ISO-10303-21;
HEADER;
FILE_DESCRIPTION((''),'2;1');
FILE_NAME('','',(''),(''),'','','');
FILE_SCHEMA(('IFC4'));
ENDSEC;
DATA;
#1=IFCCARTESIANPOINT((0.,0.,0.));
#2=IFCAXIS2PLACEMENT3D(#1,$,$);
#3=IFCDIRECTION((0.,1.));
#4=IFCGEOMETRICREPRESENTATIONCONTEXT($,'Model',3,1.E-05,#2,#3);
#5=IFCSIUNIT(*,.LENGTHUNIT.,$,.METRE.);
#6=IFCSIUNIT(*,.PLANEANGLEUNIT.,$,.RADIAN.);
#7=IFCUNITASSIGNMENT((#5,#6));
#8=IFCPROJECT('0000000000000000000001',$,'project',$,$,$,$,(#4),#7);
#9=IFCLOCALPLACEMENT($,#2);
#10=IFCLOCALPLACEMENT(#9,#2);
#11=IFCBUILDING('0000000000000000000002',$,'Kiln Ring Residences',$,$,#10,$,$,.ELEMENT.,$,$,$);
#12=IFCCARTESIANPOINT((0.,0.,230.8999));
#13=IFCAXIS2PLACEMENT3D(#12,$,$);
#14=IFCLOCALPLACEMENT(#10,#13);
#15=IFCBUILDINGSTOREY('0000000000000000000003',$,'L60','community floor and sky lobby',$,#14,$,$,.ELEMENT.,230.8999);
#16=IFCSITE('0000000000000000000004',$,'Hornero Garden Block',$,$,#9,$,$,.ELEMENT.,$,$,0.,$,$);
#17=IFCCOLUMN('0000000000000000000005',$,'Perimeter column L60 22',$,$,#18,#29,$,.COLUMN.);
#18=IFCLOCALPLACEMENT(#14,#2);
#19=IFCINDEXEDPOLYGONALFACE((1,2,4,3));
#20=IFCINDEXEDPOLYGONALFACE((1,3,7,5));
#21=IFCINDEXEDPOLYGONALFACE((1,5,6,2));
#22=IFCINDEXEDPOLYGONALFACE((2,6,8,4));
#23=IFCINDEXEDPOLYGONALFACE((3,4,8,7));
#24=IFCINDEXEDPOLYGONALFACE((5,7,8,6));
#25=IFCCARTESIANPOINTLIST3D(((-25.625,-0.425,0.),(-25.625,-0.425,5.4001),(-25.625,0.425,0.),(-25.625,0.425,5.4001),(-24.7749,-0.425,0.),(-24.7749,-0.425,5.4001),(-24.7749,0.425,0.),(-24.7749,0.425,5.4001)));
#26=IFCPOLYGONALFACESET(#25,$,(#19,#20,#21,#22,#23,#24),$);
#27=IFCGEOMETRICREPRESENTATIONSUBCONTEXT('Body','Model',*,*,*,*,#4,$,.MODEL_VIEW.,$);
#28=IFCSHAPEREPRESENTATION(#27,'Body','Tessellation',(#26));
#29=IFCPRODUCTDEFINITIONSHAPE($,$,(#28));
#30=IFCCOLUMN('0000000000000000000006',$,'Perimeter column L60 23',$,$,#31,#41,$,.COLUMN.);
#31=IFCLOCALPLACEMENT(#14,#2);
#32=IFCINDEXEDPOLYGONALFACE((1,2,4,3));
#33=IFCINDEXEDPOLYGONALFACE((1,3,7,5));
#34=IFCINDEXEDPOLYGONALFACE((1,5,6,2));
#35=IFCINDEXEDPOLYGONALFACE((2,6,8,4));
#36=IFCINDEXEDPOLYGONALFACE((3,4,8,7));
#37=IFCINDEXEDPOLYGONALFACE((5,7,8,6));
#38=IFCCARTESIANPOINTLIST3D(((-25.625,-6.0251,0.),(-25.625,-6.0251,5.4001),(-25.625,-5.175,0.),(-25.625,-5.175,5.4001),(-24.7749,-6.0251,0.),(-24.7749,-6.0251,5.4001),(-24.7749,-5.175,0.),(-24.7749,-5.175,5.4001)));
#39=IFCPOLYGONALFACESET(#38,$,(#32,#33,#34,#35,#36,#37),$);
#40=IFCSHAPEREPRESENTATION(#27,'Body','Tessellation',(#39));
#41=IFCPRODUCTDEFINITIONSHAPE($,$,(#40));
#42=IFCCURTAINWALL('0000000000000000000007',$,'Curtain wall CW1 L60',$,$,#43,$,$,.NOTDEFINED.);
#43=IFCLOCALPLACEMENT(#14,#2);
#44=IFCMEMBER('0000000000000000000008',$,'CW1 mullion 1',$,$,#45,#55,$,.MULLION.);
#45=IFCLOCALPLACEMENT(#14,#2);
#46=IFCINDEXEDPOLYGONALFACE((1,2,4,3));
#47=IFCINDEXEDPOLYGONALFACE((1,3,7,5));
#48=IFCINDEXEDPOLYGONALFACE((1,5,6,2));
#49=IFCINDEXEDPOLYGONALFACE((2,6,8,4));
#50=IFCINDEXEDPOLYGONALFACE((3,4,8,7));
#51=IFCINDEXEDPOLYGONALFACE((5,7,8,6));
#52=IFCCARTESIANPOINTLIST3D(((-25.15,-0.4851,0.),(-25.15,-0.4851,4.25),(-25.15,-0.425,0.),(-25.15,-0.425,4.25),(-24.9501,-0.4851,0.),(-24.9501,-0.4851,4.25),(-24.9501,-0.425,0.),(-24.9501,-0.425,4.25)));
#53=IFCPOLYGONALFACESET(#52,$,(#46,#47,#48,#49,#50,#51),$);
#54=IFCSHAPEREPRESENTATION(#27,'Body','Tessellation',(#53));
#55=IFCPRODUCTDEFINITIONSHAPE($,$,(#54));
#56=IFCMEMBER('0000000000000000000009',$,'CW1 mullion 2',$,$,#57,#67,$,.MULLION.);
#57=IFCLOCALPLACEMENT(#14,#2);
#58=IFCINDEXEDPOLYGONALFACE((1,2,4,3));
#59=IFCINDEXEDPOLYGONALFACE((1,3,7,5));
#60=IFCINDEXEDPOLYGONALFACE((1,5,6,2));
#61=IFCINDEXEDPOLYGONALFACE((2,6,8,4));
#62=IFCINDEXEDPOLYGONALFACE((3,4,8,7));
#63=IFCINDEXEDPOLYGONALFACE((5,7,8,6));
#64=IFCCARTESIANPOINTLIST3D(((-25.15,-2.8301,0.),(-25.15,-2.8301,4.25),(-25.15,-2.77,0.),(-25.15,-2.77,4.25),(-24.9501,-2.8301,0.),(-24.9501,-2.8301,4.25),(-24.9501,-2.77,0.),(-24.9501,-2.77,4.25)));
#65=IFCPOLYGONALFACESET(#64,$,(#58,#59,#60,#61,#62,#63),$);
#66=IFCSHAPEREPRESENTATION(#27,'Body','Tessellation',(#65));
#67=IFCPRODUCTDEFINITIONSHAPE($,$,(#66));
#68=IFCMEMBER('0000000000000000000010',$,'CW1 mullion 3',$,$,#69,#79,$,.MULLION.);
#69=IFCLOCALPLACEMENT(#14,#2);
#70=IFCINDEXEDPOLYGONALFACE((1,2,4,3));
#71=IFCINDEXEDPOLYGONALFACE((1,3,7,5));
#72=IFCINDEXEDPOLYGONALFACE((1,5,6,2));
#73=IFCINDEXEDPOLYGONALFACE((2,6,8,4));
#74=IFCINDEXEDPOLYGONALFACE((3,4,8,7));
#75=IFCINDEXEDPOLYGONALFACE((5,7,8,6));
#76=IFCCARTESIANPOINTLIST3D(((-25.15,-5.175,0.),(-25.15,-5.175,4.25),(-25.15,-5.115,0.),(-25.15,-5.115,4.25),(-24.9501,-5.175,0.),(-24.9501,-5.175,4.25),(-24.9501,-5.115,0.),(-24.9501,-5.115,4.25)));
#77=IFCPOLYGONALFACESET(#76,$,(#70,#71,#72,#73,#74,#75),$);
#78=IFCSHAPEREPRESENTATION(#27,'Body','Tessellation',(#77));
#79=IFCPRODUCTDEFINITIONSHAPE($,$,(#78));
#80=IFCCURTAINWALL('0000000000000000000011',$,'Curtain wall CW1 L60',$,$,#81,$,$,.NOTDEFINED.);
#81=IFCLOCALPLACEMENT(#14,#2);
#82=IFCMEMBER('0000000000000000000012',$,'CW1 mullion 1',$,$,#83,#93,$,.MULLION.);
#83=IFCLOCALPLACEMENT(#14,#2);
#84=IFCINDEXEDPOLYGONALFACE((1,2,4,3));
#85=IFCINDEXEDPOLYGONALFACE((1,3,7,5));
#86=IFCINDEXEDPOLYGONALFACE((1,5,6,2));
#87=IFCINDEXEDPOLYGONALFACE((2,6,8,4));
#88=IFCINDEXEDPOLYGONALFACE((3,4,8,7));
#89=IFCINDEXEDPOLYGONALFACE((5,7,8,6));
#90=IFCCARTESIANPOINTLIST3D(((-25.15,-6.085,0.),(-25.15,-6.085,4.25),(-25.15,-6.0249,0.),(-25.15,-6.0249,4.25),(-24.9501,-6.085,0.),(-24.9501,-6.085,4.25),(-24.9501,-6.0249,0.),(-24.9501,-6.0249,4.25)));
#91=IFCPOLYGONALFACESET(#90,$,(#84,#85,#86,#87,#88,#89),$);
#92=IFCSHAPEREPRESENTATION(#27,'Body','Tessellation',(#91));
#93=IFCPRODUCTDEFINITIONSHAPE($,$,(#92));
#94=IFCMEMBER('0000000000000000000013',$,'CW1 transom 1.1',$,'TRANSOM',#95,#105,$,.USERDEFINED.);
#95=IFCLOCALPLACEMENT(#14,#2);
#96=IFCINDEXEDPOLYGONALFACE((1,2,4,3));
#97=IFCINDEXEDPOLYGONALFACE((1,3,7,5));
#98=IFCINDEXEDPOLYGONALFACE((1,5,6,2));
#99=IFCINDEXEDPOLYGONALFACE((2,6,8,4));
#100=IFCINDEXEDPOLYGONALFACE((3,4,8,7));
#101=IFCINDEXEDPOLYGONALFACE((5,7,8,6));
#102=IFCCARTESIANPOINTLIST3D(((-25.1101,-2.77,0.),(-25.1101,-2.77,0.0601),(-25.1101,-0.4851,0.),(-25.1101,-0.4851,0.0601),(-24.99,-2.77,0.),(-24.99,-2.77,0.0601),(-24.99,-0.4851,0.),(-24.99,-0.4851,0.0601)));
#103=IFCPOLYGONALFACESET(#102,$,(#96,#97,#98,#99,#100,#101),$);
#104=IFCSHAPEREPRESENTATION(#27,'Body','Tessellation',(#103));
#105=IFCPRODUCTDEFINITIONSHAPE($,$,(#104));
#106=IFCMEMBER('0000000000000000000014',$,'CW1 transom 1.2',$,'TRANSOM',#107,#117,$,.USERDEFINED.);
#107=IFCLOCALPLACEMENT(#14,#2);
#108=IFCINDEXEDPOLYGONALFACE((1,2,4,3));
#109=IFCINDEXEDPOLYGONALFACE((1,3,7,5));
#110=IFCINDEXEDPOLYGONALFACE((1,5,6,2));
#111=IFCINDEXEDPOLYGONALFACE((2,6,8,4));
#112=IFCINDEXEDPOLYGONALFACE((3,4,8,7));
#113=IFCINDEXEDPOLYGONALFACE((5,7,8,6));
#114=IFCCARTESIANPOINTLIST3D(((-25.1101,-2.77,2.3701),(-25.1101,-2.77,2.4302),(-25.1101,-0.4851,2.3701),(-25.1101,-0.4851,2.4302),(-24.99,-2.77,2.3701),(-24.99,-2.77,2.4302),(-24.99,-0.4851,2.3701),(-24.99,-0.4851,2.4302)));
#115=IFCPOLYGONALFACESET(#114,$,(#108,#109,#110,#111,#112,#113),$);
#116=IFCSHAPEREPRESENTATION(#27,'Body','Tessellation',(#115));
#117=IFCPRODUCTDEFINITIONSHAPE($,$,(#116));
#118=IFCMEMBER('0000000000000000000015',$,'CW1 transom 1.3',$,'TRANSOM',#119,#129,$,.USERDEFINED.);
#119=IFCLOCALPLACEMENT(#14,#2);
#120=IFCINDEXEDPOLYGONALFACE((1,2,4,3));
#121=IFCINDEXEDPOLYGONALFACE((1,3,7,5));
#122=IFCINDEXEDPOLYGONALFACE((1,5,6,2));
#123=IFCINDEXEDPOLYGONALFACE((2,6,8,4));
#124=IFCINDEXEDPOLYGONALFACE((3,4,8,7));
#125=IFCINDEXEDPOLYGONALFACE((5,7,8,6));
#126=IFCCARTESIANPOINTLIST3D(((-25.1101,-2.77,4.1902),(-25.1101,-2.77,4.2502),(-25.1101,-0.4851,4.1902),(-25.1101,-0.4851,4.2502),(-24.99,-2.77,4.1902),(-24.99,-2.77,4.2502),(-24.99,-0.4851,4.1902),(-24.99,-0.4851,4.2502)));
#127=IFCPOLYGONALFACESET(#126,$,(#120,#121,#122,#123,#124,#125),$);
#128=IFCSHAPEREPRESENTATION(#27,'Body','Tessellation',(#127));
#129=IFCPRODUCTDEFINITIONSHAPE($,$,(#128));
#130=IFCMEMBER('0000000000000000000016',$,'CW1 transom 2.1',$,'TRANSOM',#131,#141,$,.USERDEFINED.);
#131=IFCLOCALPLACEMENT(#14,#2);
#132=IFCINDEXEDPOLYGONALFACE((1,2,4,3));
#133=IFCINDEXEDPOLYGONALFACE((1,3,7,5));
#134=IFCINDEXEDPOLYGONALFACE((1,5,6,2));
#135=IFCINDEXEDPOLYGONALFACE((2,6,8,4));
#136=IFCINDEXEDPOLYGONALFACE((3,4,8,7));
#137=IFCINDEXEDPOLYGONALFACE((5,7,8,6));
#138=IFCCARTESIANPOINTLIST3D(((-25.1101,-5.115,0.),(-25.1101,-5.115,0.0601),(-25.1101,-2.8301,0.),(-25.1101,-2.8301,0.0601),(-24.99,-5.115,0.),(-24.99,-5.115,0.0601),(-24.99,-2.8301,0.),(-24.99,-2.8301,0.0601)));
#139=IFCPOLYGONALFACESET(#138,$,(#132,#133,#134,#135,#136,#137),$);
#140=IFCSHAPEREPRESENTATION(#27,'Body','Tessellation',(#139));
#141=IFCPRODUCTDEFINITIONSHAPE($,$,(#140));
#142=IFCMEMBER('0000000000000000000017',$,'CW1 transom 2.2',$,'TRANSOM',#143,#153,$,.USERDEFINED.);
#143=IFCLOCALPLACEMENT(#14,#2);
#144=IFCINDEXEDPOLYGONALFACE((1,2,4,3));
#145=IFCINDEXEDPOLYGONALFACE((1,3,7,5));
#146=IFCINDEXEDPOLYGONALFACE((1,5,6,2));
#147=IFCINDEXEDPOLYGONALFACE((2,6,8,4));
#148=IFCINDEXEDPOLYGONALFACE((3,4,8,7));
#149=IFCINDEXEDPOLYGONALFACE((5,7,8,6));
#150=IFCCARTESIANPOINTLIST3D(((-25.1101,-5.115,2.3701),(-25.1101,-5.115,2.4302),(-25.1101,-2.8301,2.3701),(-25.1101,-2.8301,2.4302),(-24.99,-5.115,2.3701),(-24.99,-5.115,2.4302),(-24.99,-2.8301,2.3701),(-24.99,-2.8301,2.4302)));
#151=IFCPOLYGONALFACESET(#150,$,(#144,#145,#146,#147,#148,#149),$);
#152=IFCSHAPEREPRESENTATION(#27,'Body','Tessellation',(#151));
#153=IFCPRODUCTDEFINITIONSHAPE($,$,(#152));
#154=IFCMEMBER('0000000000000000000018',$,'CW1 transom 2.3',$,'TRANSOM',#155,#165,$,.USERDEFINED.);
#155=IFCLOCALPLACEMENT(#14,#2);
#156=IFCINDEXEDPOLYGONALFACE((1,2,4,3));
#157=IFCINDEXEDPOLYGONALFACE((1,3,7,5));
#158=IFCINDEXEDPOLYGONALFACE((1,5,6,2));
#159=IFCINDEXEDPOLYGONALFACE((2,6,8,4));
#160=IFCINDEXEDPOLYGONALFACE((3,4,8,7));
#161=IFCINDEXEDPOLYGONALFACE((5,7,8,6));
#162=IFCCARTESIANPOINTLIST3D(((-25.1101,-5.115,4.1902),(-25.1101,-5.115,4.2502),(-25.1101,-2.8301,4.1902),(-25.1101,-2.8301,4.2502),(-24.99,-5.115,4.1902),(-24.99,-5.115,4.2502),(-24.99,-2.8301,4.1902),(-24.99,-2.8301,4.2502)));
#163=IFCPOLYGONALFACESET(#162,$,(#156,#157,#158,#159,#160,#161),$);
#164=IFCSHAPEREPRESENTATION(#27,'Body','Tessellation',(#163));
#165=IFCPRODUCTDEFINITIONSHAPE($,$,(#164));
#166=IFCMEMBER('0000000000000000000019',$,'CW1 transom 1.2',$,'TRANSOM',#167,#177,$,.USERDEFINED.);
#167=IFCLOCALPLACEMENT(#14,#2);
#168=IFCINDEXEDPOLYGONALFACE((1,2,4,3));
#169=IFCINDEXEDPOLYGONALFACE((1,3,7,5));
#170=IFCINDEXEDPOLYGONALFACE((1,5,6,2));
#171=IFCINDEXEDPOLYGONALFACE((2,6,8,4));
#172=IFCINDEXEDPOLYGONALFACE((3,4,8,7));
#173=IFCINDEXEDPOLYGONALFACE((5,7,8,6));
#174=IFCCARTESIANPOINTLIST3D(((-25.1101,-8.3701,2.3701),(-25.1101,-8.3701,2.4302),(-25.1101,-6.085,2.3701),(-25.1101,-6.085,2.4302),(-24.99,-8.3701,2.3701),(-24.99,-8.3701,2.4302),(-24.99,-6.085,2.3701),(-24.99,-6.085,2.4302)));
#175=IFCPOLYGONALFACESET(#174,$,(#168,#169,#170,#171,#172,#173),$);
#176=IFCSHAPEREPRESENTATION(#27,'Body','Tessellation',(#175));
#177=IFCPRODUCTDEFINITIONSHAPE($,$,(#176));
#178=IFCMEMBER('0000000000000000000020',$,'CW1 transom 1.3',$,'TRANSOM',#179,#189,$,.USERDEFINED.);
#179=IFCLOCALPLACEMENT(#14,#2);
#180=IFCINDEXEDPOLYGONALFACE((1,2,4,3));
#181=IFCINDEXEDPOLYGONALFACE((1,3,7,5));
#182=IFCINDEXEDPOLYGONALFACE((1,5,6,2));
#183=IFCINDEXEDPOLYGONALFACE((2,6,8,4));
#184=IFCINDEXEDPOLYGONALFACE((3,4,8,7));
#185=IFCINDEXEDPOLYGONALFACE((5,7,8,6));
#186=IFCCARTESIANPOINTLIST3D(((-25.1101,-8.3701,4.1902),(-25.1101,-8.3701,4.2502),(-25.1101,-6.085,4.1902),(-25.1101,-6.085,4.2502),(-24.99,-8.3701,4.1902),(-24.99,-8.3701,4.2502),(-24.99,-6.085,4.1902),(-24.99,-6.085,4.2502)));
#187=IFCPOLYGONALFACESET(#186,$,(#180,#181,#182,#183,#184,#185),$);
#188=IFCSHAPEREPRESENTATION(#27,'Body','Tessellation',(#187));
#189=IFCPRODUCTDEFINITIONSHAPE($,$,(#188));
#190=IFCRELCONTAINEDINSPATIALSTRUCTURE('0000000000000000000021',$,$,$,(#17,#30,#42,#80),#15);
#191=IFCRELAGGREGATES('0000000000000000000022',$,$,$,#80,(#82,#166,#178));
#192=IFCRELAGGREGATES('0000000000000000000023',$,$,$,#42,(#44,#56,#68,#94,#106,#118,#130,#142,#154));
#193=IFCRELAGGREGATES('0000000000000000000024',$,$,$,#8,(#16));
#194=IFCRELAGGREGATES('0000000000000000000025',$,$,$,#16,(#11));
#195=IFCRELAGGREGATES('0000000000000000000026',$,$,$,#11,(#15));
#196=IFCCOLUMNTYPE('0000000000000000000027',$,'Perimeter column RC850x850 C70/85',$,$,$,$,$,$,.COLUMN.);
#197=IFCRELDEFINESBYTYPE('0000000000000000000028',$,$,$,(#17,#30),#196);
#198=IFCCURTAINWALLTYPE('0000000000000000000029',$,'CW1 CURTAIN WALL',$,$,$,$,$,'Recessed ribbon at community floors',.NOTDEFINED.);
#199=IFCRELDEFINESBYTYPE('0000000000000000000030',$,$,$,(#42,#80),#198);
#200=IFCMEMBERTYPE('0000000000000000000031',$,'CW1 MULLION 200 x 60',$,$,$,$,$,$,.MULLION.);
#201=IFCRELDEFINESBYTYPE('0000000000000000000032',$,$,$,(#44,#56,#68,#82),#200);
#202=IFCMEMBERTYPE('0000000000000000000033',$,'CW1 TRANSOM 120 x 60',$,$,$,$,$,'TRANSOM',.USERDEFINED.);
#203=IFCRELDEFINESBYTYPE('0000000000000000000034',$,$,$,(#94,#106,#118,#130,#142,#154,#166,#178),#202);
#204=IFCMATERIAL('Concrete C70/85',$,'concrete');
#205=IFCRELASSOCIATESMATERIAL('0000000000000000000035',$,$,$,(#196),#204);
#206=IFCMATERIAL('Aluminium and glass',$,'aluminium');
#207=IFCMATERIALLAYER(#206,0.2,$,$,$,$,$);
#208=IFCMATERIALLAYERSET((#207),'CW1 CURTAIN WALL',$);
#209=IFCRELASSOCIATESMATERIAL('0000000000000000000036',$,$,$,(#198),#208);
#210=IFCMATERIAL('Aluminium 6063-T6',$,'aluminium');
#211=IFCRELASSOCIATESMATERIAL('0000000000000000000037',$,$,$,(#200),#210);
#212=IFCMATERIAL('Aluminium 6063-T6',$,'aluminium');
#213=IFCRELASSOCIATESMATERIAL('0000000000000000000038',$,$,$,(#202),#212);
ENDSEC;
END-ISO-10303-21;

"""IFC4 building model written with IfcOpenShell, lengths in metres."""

from ifc_helpers import new_model, si_unit, direction, frame, origin, origin_2d, place, context, subcontext, project, spatial, rectangle, extrude, material, layer, layer_set, material_profile, profile_set, type_object, element, aggregate, save


model = new_model("IFC4")

# Units and contexts
model_context = context("Model", 3, precision=1e-05, world=origin(), true_north=direction((0.0, 1.0)))
body_context = subcontext(model_context, "Body", "Model", "MODEL_VIEW")
ifc_project = project(units=[si_unit("LENGTHUNIT", "METRE"), si_unit("PLANEANGLEUNIT", "RADIAN")], contexts=[model_context])

# Site, building, storey
site_placement = place(None, origin())
site = spatial("IfcSite", under=ifc_project, at=site_placement, Name="Hornero Garden Block", CompositionType="ELEMENT", RefElevation=0.0)
building_placement = place(site_placement, origin())
building = spatial("IfcBuilding", under=site, at=building_placement, Name="Kiln Ring Residences", CompositionType="ELEMENT")
storey_placement = place(building_placement, frame((0.0, 0.0, 230.8999)))
storey = spatial("IfcBuildingStorey", under=building, at=storey_placement, Name="L60", Description="community floor and sky lobby", CompositionType="ELEMENT", Elevation=230.8999)

# Columns
ifc_material_1 = material(Name="Concrete C70/85", Category="concrete")
ifc_material_profile_1 = material_profile(ifc_material_1, rectangle(XDim=0.8501, YDim=0.8501, at=origin_2d()), Name="RC850x850")
ifc_profile_set_1 = profile_set([ifc_material_profile_1], Name="Concrete C70/85")
column_type = type_object("IfcColumnType", Name="Perimeter column RC850x850 C70/85", PredefinedType="COLUMN", material=ifc_profile_set_1)
for number, where, z_axis, x_axis, name in (
    (1, (-25.2, 0.0, 0.0), (0.0, 0.0, 1.0), (1.0, 0.0, 0.0), "Perimeter column L60 22"),
    (2, (-25.2, -5.6001, 0.0), (0.0, 0.0, 1.0), (1.0, 0.0, 0.0), "Perimeter column L60 23"),
):
    element("IfcColumn", number, at=place(storey_placement, frame(where, z_axis=z_axis, x_axis=x_axis)), inside=storey, type_object=column_type, Name=name, PredefinedType="COLUMN", context=body_context, shape_type="SweptSolid", body=[
        extrude(rectangle(XDim=0.8501, YDim=0.8501, at=origin_2d()), origin(), (0.0, 0.0, 1.0), 5.4001),
    ])

# Curtain wall, members
ifc_material_2 = material(Name="Aluminium and glass", Category="aluminium")
ifc_layer_1 = layer(ifc_material_2, 0.2)
ifc_layer_set_1 = layer_set([ifc_layer_1], Name="CW1 CURTAIN WALL")
curtain_wall_type = type_object("IfcCurtainWallType", Name="CW1 CURTAIN WALL", ElementType="Recessed ribbon at community floors", PredefinedType="NOTDEFINED", material=ifc_layer_set_1)
placement = place(storey_placement, origin())
curtain_wall_1 = element("IfcCurtainWall", 3, at=placement, inside=storey, type_object=curtain_wall_type, Name="Curtain wall CW1 L60", PredefinedType="NOTDEFINED")
ifc_material_3 = material(Name="Aluminium 6063-T6", Category="aluminium")
ifc_material_profile_2 = material_profile(ifc_material_3, rectangle(XDim=0.2, YDim=0.0601, at=origin_2d()), Name="AL 200x60")
ifc_profile_set_2 = profile_set([ifc_material_profile_2], Name="Aluminium 6063-T6")
member_type_1 = type_object("IfcMemberType", Name="CW1 MULLION 200 x 60", PredefinedType="MULLION", material=ifc_profile_set_2)
member_1_placement = place(storey_placement, frame((-25.05, -0.4551, 0.0), z_axis=(0.0, 0.0, 1.0), x_axis=(1.0, 0.0, 0.0)))
member_1 = element("IfcMember", 4, at=member_1_placement, type_object=member_type_1, Name="CW1 mullion 1", PredefinedType="MULLION", context=body_context, shape_type="SweptSolid", body=[
    extrude(rectangle(XDim=0.2, YDim=0.0601, at=origin_2d()), origin(), (0.0, 0.0, 1.0), 4.25),
])
member_2_placement = place(storey_placement, frame((-25.05, -2.8, 0.0), z_axis=(0.0, 0.0, 1.0), x_axis=(1.0, 0.0, 0.0)))
member_2 = element("IfcMember", 5, at=member_2_placement, type_object=member_type_1, Name="CW1 mullion 2", PredefinedType="MULLION", context=body_context, shape_type="SweptSolid", body=[
    extrude(rectangle(XDim=0.2, YDim=0.0601, at=origin_2d()), origin(), (0.0, 0.0, 1.0), 4.25),
])
member_3_placement = place(storey_placement, frame((-25.05, -5.145, 0.0), z_axis=(0.0, 0.0, 1.0), x_axis=(1.0, 0.0, 0.0)))
member_3 = element("IfcMember", 6, at=member_3_placement, type_object=member_type_1, Name="CW1 mullion 3", PredefinedType="MULLION", context=body_context, shape_type="SweptSolid", body=[
    extrude(rectangle(XDim=0.2, YDim=0.0601, at=origin_2d()), origin(), (0.0, 0.0, 1.0), 4.25),
])

# Curtain wall, member
curtain_wall_2 = element("IfcCurtainWall", 7, at=placement, inside=storey, type_object=curtain_wall_type, Name="Curtain wall CW1 L60", PredefinedType="NOTDEFINED")
member_4_placement = place(storey_placement, frame((-25.05, -6.0549, 0.0), z_axis=(0.0, 0.0, 1.0), x_axis=(1.0, 0.0, 0.0)))
member_4 = element("IfcMember", 8, at=member_4_placement, type_object=member_type_1, Name="CW1 mullion 1", PredefinedType="MULLION", context=body_context, shape_type="SweptSolid", body=[
    extrude(rectangle(XDim=0.2, YDim=0.0601, at=origin_2d()), origin(), (0.0, 0.0, 1.0), 4.25),
])

# Members
ifc_material_4 = material(Name="Aluminium 6063-T6", Category="aluminium")
ifc_material_profile_3 = material_profile(ifc_material_4, rectangle(XDim=0.1201, YDim=0.0601, at=origin_2d()), Name="AL 120x60")
ifc_profile_set_3 = profile_set([ifc_material_profile_3], Name="Aluminium 6063-T6")
member_type_2 = type_object("IfcMemberType", Name="CW1 TRANSOM 120 x 60", ElementType="TRANSOM", PredefinedType="USERDEFINED", material=ifc_profile_set_3)
member_5_placement = place(storey_placement, frame((-25.05, -0.4851, 0.03), z_axis=(0.0, -1.0, 0.0), x_axis=(1.0, 0.0, 0.0)))
member_5 = element("IfcMember", 9, at=member_5_placement, type_object=member_type_2, Name="CW1 transom 1.1", ObjectType="TRANSOM", PredefinedType="USERDEFINED", context=body_context, shape_type="SweptSolid", body=[
    extrude(rectangle(XDim=0.1201, YDim=0.0601, at=origin_2d()), origin(), (0.0, 0.0, 1.0), 2.2849),
])
member_6_placement = place(storey_placement, frame((-25.05, -0.4851, 2.4001), z_axis=(0.0, -1.0, 0.0), x_axis=(1.0, 0.0, 0.0)))
member_6 = element("IfcMember", 10, at=member_6_placement, type_object=member_type_2, Name="CW1 transom 1.2", ObjectType="TRANSOM", PredefinedType="USERDEFINED", context=body_context, shape_type="SweptSolid", body=[
    extrude(rectangle(XDim=0.1201, YDim=0.0601, at=origin_2d()), origin(), (0.0, 0.0, 1.0), 2.2849),
])
member_7_placement = place(storey_placement, frame((-25.05, -0.4851, 4.2202), z_axis=(0.0, -1.0, 0.0), x_axis=(1.0, 0.0, 0.0)))
member_7 = element("IfcMember", 11, at=member_7_placement, type_object=member_type_2, Name="CW1 transom 1.3", ObjectType="TRANSOM", PredefinedType="USERDEFINED", context=body_context, shape_type="SweptSolid", body=[
    extrude(rectangle(XDim=0.1201, YDim=0.0601, at=origin_2d()), origin(), (0.0, 0.0, 1.0), 2.2849),
])
member_8_placement = place(storey_placement, frame((-25.05, -2.8301, 0.03), z_axis=(0.0, -1.0, 0.0), x_axis=(1.0, 0.0, 0.0)))
member_8 = element("IfcMember", 12, at=member_8_placement, type_object=member_type_2, Name="CW1 transom 2.1", ObjectType="TRANSOM", PredefinedType="USERDEFINED", context=body_context, shape_type="SweptSolid", body=[
    extrude(rectangle(XDim=0.1201, YDim=0.0601, at=origin_2d()), origin(), (0.0, 0.0, 1.0), 2.2849),
])
member_9_placement = place(storey_placement, frame((-25.05, -2.8301, 2.4001), z_axis=(0.0, -1.0, 0.0), x_axis=(1.0, 0.0, 0.0)))
member_9 = element("IfcMember", 13, at=member_9_placement, type_object=member_type_2, Name="CW1 transom 2.2", ObjectType="TRANSOM", PredefinedType="USERDEFINED", context=body_context, shape_type="SweptSolid", body=[
    extrude(rectangle(XDim=0.1201, YDim=0.0601, at=origin_2d()), origin(), (0.0, 0.0, 1.0), 2.2849),
])
member_10_placement = place(storey_placement, frame((-25.05, -2.8301, 4.2202), z_axis=(0.0, -1.0, 0.0), x_axis=(1.0, 0.0, 0.0)))
member_10 = element("IfcMember", 14, at=member_10_placement, type_object=member_type_2, Name="CW1 transom 2.3", ObjectType="TRANSOM", PredefinedType="USERDEFINED", context=body_context, shape_type="SweptSolid", body=[
    extrude(rectangle(XDim=0.1201, YDim=0.0601, at=origin_2d()), origin(), (0.0, 0.0, 1.0), 2.2849),
])
member_11_placement = place(storey_placement, frame((-25.05, -6.085, 2.4001), z_axis=(0.0, -1.0, 0.0), x_axis=(1.0, 0.0, 0.0)))
member_11 = element("IfcMember", 15, at=member_11_placement, type_object=member_type_2, Name="CW1 transom 1.2", ObjectType="TRANSOM", PredefinedType="USERDEFINED", context=body_context, shape_type="SweptSolid", body=[
    extrude(rectangle(XDim=0.1201, YDim=0.0601, at=origin_2d()), origin(), (0.0, 0.0, 1.0), 2.2852),
])
member_12_placement = place(storey_placement, frame((-25.05, -6.085, 4.2202), z_axis=(0.0, -1.0, 0.0), x_axis=(1.0, 0.0, 0.0)))
member_12 = element("IfcMember", 16, at=member_12_placement, type_object=member_type_2, Name="CW1 transom 1.3", ObjectType="TRANSOM", PredefinedType="USERDEFINED", context=body_context, shape_type="SweptSolid", body=[
    extrude(rectangle(XDim=0.1201, YDim=0.0601, at=origin_2d()), origin(), (0.0, 0.0, 1.0), 2.2852),
])
aggregate(curtain_wall_2, [member_4, member_11, member_12])

aggregate(curtain_wall_1, [member_1, member_2, member_3, member_5, member_6, member_7, member_8, member_9, member_10])

save(model, "model.ifc")
